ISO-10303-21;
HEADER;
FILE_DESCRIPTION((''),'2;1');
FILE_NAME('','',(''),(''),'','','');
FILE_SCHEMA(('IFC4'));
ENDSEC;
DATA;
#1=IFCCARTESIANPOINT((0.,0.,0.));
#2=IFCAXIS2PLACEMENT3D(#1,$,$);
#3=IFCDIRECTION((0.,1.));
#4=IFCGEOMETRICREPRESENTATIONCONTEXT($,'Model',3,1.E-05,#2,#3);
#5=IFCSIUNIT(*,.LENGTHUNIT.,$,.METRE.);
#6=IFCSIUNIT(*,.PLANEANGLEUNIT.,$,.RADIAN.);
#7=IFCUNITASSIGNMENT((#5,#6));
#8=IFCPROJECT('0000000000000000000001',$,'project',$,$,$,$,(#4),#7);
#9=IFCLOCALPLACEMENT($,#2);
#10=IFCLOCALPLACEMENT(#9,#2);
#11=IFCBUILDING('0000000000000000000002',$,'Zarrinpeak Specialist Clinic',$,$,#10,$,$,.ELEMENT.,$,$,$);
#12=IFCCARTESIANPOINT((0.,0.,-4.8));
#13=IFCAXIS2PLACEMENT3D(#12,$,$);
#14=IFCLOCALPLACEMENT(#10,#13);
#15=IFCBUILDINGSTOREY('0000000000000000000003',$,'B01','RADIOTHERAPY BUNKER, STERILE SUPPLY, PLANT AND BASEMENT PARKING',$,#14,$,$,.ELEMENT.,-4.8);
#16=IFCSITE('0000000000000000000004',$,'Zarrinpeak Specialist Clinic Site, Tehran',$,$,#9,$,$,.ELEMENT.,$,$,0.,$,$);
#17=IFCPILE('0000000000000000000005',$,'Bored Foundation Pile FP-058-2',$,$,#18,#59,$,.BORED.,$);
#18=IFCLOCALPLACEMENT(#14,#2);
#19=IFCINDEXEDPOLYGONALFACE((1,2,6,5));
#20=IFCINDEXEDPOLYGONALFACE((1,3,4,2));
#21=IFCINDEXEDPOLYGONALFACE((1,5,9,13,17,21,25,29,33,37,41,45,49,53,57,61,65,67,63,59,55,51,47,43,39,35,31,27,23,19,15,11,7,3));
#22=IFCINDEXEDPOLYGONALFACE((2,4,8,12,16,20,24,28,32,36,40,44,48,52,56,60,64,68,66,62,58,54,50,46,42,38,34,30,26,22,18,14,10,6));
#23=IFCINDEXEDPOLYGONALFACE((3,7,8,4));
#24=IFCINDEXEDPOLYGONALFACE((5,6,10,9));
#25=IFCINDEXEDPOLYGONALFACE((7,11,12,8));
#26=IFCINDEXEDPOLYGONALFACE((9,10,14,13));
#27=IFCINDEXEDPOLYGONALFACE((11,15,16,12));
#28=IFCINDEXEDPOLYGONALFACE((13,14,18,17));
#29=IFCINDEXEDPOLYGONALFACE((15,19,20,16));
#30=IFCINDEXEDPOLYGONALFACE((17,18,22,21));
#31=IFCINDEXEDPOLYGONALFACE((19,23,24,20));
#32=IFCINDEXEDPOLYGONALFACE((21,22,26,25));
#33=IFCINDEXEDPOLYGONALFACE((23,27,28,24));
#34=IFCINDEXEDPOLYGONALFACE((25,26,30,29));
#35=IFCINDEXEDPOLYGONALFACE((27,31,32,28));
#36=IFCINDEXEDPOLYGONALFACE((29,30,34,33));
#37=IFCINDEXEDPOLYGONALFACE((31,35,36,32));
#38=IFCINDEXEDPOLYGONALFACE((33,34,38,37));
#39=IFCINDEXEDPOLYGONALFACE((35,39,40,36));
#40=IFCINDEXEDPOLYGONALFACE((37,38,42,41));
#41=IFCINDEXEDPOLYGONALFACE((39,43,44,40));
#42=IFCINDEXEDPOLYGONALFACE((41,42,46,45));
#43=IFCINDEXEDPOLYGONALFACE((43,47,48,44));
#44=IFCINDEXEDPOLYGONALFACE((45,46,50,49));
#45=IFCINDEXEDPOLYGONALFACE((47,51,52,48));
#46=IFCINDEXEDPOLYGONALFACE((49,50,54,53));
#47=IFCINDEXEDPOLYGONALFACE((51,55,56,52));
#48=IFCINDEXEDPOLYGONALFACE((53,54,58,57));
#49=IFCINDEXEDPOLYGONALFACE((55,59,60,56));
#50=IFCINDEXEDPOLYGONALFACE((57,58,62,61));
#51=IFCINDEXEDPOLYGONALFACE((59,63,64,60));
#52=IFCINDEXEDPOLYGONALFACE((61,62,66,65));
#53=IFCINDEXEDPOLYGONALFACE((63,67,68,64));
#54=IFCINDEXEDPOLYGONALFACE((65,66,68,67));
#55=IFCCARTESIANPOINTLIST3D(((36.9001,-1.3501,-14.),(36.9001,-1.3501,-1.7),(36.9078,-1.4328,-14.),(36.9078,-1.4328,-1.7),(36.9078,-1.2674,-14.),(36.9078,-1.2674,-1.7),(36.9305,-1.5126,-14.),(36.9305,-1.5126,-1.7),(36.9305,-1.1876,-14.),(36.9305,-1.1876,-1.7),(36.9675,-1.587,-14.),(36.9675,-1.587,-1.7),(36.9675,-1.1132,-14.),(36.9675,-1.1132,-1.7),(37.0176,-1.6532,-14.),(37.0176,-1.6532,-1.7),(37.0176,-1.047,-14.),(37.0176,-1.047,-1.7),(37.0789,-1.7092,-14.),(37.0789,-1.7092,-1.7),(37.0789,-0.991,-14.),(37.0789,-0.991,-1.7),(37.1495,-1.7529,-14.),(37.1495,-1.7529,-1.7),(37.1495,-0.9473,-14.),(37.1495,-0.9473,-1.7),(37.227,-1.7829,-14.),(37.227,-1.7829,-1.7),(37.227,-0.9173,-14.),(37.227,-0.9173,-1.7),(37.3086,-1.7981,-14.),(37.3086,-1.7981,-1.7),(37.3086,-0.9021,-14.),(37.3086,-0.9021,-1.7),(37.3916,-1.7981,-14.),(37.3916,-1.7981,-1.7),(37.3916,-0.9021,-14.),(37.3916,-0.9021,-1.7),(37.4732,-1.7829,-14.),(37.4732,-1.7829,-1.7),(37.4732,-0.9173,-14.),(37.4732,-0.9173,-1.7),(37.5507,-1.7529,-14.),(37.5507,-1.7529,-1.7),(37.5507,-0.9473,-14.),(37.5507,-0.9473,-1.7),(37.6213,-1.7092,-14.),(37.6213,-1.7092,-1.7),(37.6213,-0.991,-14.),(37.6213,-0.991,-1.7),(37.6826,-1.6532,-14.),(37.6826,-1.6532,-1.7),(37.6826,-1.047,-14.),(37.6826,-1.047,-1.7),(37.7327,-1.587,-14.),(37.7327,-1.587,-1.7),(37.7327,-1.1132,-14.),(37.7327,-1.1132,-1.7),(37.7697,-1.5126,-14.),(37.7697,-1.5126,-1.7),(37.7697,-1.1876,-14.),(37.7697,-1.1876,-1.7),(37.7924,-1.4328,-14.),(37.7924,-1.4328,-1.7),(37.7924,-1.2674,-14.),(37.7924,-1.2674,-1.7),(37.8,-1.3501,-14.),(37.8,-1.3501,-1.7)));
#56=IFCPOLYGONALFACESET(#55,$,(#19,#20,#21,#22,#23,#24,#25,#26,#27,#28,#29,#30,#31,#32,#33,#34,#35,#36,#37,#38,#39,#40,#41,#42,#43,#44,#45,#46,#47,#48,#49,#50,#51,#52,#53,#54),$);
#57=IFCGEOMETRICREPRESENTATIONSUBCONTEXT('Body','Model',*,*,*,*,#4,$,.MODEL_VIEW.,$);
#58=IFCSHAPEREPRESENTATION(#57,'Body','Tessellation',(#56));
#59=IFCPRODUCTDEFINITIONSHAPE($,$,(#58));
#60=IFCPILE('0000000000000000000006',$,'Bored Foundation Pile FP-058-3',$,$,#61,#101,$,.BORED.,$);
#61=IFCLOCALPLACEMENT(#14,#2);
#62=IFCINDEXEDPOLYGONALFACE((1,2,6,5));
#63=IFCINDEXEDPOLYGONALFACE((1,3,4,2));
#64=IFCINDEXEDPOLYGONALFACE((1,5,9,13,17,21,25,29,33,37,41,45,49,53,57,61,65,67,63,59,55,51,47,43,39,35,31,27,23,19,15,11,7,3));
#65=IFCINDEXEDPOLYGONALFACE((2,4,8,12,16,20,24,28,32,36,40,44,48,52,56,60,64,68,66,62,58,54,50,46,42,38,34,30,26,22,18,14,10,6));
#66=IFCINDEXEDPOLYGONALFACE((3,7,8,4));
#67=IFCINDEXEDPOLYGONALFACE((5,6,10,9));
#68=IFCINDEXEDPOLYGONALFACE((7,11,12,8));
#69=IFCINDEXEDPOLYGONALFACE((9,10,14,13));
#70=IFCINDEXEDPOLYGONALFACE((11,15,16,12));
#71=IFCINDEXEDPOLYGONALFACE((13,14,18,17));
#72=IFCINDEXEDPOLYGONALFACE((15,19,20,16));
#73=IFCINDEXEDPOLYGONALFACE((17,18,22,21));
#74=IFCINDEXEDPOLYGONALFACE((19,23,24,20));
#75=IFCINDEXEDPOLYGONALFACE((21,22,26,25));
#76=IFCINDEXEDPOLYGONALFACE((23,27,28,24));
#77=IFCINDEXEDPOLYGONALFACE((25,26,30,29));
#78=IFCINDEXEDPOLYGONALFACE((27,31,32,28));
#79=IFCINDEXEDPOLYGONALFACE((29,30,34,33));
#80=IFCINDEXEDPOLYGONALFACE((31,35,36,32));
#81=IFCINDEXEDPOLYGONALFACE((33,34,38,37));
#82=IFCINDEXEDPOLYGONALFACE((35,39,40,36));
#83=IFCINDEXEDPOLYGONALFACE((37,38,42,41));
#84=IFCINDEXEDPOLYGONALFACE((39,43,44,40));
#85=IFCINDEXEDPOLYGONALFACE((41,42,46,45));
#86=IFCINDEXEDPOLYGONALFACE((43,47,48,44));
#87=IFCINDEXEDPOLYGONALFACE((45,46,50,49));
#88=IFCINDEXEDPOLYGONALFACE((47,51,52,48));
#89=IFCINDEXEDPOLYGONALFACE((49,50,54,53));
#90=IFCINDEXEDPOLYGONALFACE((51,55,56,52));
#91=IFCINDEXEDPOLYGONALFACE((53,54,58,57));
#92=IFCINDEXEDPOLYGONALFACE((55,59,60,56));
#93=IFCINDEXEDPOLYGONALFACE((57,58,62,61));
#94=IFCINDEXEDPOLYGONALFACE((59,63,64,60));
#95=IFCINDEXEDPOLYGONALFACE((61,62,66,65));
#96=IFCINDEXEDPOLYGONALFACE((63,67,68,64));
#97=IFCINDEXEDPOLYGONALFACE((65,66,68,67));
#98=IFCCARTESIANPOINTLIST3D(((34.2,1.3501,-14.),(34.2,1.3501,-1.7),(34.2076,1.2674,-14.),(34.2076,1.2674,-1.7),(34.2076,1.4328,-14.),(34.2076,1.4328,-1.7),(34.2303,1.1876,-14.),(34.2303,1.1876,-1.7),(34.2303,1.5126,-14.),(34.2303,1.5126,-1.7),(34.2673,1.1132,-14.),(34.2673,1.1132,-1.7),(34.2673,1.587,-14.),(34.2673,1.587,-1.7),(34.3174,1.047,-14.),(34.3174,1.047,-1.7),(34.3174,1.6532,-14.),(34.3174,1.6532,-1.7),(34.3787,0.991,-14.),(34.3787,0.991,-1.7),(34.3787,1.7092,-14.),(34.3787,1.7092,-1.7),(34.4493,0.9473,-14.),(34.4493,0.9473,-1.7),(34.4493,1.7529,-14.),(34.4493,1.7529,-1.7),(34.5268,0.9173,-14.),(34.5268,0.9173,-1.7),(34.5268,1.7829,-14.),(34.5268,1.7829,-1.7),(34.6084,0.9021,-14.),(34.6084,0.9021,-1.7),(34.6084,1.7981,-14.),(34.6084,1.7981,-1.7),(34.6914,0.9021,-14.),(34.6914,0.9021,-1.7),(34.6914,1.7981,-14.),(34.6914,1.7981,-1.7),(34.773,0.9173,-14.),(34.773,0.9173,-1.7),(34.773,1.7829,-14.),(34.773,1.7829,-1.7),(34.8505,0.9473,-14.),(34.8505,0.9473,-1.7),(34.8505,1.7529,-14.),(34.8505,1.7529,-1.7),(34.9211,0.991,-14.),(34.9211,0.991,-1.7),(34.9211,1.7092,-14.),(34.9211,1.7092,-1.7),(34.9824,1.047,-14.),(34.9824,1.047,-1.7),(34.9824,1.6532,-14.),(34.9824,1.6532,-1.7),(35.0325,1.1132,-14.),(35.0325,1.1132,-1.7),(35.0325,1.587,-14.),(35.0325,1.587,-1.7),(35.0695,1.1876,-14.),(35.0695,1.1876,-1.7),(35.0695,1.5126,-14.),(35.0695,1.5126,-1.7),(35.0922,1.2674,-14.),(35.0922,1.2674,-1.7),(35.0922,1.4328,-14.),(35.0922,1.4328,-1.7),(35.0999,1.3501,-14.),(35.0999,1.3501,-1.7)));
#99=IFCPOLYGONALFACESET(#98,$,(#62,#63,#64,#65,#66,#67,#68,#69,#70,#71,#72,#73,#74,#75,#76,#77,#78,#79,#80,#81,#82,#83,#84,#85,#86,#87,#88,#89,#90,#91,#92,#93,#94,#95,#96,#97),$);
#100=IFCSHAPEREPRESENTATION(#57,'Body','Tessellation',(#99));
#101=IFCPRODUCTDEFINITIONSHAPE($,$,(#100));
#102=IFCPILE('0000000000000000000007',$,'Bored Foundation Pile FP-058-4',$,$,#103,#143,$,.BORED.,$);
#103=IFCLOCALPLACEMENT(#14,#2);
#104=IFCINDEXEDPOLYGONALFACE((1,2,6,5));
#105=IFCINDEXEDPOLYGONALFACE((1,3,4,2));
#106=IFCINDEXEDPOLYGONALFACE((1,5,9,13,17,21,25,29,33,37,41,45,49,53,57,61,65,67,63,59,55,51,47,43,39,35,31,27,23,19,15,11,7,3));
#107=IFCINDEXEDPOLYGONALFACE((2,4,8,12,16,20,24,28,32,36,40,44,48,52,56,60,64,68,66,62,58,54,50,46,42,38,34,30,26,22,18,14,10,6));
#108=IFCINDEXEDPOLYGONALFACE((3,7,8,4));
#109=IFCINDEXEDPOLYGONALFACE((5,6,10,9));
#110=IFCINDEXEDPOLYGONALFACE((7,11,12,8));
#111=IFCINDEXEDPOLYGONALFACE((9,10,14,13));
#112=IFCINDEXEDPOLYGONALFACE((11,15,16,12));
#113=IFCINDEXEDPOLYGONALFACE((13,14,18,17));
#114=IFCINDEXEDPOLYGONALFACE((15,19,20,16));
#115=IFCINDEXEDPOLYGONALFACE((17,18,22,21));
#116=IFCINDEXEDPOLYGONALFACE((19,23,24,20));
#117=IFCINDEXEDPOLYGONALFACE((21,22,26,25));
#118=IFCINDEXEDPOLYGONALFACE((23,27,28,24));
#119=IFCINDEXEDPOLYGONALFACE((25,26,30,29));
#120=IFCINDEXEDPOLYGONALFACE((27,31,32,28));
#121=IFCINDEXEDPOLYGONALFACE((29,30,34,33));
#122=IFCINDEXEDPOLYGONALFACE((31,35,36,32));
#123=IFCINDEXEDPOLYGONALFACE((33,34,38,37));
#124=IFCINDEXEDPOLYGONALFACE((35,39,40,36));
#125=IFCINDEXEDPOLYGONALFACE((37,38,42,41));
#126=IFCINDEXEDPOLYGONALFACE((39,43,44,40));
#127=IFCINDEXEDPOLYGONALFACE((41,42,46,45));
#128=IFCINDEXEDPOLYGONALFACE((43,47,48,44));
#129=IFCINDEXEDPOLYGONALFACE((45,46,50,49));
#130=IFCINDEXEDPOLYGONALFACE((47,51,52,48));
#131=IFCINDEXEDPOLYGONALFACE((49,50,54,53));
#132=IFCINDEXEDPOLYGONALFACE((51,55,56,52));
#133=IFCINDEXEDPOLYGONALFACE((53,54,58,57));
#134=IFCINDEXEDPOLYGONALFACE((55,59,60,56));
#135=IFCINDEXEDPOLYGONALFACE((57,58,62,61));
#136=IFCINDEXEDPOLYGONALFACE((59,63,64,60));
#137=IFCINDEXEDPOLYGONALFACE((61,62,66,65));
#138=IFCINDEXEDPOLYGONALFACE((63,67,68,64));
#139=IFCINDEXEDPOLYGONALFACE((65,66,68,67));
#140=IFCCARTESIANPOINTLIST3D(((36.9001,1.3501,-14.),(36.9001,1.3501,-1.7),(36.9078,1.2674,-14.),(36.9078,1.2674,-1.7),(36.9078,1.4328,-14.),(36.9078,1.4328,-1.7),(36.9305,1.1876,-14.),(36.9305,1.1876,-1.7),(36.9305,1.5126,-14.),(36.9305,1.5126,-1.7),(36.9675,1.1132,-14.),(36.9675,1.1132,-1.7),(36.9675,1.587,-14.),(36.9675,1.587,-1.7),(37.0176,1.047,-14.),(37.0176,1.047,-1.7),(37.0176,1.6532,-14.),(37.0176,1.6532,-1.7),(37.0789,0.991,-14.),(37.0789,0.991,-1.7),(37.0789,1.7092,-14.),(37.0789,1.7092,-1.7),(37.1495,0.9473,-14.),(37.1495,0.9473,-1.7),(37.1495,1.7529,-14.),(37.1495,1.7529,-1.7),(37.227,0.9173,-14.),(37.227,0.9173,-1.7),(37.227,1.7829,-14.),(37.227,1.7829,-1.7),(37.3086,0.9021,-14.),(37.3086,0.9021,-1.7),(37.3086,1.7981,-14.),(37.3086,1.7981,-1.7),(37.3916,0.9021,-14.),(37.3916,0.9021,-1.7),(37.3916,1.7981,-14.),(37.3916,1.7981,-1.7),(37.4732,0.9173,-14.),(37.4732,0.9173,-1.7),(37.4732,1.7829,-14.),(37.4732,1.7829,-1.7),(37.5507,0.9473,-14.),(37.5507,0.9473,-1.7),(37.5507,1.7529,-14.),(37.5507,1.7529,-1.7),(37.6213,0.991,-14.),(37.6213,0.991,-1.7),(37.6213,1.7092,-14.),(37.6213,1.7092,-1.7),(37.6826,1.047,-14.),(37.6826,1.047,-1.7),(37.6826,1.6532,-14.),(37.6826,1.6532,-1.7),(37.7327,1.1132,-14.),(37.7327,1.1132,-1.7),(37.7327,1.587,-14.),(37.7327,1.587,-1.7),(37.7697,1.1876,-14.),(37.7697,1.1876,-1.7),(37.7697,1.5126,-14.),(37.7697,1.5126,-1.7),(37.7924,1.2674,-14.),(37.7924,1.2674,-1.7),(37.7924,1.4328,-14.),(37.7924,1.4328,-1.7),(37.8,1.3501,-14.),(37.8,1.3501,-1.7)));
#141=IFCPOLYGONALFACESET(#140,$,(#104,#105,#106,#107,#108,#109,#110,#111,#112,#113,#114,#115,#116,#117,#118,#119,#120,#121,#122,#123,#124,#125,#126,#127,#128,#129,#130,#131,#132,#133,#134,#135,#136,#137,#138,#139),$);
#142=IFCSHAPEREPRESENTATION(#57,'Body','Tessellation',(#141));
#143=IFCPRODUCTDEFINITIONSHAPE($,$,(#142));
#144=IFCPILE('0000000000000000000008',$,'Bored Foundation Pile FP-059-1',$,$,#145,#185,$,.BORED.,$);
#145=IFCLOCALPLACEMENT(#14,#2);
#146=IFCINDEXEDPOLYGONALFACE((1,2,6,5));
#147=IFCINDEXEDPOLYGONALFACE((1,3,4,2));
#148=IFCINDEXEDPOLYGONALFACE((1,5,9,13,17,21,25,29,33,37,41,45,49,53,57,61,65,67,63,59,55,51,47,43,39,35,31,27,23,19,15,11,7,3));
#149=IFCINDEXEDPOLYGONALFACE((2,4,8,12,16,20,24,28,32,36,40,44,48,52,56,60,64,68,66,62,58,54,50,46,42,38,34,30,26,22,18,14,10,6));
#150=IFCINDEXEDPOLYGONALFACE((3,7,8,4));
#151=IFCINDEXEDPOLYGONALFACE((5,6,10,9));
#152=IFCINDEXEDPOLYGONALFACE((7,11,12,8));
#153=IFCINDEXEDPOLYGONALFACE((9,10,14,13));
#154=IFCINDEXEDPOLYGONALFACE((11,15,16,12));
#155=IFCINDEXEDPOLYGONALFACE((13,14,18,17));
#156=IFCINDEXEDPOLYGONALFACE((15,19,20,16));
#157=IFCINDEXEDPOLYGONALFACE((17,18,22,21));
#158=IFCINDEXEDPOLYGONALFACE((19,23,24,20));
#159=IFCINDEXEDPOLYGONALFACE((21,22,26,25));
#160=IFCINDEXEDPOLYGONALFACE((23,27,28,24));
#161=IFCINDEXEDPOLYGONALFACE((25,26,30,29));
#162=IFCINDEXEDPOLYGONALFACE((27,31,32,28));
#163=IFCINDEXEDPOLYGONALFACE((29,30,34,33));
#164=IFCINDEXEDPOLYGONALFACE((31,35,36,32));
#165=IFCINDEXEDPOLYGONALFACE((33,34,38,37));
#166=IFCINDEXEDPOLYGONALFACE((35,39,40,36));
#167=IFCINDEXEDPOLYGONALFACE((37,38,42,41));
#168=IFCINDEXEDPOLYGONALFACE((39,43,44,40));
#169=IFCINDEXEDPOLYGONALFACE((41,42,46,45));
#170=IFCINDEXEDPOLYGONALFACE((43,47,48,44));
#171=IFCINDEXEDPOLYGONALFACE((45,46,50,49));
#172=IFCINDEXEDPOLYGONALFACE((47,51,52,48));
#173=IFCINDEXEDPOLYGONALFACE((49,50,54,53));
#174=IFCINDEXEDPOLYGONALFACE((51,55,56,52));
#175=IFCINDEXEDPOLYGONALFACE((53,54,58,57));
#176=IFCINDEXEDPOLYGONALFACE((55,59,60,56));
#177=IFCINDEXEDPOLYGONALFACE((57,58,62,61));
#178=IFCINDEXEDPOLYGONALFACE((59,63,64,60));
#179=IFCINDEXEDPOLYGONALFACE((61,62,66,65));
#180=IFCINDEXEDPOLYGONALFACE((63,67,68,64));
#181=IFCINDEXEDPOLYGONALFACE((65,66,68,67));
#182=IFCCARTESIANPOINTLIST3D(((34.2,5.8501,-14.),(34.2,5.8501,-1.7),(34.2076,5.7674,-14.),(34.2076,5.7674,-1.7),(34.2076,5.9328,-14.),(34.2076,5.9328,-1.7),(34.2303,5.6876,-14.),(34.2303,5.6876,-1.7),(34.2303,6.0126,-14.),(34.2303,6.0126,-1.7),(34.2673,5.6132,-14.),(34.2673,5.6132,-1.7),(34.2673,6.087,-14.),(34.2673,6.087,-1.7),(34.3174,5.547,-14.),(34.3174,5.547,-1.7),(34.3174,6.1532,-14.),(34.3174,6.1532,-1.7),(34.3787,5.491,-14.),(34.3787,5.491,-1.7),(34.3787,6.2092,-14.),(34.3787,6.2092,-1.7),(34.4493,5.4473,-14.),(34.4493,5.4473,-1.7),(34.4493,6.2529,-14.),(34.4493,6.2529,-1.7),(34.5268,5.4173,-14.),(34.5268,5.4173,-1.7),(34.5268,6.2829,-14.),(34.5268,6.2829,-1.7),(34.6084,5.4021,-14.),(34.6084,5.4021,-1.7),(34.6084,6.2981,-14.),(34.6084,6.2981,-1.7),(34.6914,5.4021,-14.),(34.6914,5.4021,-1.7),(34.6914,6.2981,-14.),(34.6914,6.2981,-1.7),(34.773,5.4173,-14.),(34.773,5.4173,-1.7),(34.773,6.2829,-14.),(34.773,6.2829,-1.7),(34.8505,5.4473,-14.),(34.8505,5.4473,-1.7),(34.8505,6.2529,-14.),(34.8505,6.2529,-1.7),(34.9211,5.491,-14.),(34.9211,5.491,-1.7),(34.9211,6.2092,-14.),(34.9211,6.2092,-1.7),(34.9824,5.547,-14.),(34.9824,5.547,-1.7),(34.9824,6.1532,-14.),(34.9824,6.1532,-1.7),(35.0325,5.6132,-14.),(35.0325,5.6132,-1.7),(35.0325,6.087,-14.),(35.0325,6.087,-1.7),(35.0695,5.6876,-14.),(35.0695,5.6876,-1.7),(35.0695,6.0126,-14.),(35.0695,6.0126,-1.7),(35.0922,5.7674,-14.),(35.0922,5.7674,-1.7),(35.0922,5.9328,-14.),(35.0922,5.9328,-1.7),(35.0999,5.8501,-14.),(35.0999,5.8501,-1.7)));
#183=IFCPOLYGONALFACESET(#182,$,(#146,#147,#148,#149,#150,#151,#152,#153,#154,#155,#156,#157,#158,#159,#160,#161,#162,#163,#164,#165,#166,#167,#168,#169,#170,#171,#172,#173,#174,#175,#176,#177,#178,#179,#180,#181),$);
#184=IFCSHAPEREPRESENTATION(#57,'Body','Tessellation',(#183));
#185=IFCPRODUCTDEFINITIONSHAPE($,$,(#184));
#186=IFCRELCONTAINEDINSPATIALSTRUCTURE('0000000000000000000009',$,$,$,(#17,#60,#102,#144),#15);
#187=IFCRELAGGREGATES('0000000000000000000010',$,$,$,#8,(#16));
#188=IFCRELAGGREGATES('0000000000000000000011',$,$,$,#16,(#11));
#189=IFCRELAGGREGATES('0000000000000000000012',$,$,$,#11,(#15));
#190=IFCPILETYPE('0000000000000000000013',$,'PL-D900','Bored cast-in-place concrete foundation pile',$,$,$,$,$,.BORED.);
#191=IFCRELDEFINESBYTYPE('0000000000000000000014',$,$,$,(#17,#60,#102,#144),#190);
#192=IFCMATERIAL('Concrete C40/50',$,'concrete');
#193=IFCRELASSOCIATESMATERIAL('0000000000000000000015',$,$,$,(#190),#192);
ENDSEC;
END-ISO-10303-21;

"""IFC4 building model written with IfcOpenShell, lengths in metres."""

from ifc_helpers import new_model, si_unit, direction, frame, origin, origin_2d, place, context, subcontext, project, spatial, circle, extrude, material, material_profile, profile_set, type_object, element, save


model = new_model("IFC4")

# Units and contexts
model_context = context("Model", 3, precision=1e-05, world=origin(), true_north=direction((0.0, 1.0)))
body_context = subcontext(model_context, "Body", "Model", "MODEL_VIEW")
ifc_project = project(units=[si_unit("LENGTHUNIT", "METRE"), si_unit("PLANEANGLEUNIT", "RADIAN")], contexts=[model_context])

# Site, building, storey
site_placement = place(None, origin())
site = spatial("IfcSite", under=ifc_project, at=site_placement, Name="Zarrinpeak Specialist Clinic Site, Tehran", CompositionType="ELEMENT", RefElevation=0.0)
building_placement = place(site_placement, origin())
building = spatial("IfcBuilding", under=site, at=building_placement, Name="Zarrinpeak Specialist Clinic", CompositionType="ELEMENT")
storey_placement = place(building_placement, frame((0.0, 0.0, -4.8)))
storey = spatial("IfcBuildingStorey", under=building, at=storey_placement, Name="B01", Description="RADIOTHERAPY BUNKER, STERILE SUPPLY, PLANT AND BASEMENT PARKING", CompositionType="ELEMENT", Elevation=-4.8)

# Shared definitions
ifc_material_1 = material(Name="Concrete C40/50", Category="concrete")

# Piles
ifc_material_profile_1 = material_profile(ifc_material_1, circle(Radius=0.45, at=origin_2d()), Name="BORED PILE D900")
ifc_profile_set_1 = profile_set([ifc_material_profile_1], Name="Concrete C40/50")
pile_type = type_object("IfcPileType", Name="PL-D900", Description="Bored cast-in-place concrete foundation pile", PredefinedType="BORED", material=ifc_profile_set_1)
for number, where, z_axis, x_axis, name in (
    (1, (37.3501, -1.3501, -1.7), (0.0, 0.0, -1.0), (1.0, 0.0, 0.0), "Bored Foundation Pile FP-058-2"),
    (2, (34.6499, 1.3501, -1.7), (0.0, 0.0, -1.0), (1.0, 0.0, 0.0), "Bored Foundation Pile FP-058-3"),
    (3, (37.3501, 1.3501, -1.7), (0.0, 0.0, -1.0), (1.0, 0.0, 0.0), "Bored Foundation Pile FP-058-4"),
    (4, (34.6499, 5.8501, -1.7), (0.0, 0.0, -1.0), (1.0, 0.0, 0.0), "Bored Foundation Pile FP-059-1"),
):
    element("IfcPile", number, at=place(storey_placement, frame(where, z_axis=z_axis, x_axis=x_axis)), inside=storey, type_object=pile_type, Name=name, PredefinedType="BORED", context=body_context, shape_type="SweptSolid", body=[
        extrude(circle(Radius=0.45, at=origin_2d()), origin(), (0.0, 0.0, 1.0), 12.3),
    ])

save(model, "model.ifc")
